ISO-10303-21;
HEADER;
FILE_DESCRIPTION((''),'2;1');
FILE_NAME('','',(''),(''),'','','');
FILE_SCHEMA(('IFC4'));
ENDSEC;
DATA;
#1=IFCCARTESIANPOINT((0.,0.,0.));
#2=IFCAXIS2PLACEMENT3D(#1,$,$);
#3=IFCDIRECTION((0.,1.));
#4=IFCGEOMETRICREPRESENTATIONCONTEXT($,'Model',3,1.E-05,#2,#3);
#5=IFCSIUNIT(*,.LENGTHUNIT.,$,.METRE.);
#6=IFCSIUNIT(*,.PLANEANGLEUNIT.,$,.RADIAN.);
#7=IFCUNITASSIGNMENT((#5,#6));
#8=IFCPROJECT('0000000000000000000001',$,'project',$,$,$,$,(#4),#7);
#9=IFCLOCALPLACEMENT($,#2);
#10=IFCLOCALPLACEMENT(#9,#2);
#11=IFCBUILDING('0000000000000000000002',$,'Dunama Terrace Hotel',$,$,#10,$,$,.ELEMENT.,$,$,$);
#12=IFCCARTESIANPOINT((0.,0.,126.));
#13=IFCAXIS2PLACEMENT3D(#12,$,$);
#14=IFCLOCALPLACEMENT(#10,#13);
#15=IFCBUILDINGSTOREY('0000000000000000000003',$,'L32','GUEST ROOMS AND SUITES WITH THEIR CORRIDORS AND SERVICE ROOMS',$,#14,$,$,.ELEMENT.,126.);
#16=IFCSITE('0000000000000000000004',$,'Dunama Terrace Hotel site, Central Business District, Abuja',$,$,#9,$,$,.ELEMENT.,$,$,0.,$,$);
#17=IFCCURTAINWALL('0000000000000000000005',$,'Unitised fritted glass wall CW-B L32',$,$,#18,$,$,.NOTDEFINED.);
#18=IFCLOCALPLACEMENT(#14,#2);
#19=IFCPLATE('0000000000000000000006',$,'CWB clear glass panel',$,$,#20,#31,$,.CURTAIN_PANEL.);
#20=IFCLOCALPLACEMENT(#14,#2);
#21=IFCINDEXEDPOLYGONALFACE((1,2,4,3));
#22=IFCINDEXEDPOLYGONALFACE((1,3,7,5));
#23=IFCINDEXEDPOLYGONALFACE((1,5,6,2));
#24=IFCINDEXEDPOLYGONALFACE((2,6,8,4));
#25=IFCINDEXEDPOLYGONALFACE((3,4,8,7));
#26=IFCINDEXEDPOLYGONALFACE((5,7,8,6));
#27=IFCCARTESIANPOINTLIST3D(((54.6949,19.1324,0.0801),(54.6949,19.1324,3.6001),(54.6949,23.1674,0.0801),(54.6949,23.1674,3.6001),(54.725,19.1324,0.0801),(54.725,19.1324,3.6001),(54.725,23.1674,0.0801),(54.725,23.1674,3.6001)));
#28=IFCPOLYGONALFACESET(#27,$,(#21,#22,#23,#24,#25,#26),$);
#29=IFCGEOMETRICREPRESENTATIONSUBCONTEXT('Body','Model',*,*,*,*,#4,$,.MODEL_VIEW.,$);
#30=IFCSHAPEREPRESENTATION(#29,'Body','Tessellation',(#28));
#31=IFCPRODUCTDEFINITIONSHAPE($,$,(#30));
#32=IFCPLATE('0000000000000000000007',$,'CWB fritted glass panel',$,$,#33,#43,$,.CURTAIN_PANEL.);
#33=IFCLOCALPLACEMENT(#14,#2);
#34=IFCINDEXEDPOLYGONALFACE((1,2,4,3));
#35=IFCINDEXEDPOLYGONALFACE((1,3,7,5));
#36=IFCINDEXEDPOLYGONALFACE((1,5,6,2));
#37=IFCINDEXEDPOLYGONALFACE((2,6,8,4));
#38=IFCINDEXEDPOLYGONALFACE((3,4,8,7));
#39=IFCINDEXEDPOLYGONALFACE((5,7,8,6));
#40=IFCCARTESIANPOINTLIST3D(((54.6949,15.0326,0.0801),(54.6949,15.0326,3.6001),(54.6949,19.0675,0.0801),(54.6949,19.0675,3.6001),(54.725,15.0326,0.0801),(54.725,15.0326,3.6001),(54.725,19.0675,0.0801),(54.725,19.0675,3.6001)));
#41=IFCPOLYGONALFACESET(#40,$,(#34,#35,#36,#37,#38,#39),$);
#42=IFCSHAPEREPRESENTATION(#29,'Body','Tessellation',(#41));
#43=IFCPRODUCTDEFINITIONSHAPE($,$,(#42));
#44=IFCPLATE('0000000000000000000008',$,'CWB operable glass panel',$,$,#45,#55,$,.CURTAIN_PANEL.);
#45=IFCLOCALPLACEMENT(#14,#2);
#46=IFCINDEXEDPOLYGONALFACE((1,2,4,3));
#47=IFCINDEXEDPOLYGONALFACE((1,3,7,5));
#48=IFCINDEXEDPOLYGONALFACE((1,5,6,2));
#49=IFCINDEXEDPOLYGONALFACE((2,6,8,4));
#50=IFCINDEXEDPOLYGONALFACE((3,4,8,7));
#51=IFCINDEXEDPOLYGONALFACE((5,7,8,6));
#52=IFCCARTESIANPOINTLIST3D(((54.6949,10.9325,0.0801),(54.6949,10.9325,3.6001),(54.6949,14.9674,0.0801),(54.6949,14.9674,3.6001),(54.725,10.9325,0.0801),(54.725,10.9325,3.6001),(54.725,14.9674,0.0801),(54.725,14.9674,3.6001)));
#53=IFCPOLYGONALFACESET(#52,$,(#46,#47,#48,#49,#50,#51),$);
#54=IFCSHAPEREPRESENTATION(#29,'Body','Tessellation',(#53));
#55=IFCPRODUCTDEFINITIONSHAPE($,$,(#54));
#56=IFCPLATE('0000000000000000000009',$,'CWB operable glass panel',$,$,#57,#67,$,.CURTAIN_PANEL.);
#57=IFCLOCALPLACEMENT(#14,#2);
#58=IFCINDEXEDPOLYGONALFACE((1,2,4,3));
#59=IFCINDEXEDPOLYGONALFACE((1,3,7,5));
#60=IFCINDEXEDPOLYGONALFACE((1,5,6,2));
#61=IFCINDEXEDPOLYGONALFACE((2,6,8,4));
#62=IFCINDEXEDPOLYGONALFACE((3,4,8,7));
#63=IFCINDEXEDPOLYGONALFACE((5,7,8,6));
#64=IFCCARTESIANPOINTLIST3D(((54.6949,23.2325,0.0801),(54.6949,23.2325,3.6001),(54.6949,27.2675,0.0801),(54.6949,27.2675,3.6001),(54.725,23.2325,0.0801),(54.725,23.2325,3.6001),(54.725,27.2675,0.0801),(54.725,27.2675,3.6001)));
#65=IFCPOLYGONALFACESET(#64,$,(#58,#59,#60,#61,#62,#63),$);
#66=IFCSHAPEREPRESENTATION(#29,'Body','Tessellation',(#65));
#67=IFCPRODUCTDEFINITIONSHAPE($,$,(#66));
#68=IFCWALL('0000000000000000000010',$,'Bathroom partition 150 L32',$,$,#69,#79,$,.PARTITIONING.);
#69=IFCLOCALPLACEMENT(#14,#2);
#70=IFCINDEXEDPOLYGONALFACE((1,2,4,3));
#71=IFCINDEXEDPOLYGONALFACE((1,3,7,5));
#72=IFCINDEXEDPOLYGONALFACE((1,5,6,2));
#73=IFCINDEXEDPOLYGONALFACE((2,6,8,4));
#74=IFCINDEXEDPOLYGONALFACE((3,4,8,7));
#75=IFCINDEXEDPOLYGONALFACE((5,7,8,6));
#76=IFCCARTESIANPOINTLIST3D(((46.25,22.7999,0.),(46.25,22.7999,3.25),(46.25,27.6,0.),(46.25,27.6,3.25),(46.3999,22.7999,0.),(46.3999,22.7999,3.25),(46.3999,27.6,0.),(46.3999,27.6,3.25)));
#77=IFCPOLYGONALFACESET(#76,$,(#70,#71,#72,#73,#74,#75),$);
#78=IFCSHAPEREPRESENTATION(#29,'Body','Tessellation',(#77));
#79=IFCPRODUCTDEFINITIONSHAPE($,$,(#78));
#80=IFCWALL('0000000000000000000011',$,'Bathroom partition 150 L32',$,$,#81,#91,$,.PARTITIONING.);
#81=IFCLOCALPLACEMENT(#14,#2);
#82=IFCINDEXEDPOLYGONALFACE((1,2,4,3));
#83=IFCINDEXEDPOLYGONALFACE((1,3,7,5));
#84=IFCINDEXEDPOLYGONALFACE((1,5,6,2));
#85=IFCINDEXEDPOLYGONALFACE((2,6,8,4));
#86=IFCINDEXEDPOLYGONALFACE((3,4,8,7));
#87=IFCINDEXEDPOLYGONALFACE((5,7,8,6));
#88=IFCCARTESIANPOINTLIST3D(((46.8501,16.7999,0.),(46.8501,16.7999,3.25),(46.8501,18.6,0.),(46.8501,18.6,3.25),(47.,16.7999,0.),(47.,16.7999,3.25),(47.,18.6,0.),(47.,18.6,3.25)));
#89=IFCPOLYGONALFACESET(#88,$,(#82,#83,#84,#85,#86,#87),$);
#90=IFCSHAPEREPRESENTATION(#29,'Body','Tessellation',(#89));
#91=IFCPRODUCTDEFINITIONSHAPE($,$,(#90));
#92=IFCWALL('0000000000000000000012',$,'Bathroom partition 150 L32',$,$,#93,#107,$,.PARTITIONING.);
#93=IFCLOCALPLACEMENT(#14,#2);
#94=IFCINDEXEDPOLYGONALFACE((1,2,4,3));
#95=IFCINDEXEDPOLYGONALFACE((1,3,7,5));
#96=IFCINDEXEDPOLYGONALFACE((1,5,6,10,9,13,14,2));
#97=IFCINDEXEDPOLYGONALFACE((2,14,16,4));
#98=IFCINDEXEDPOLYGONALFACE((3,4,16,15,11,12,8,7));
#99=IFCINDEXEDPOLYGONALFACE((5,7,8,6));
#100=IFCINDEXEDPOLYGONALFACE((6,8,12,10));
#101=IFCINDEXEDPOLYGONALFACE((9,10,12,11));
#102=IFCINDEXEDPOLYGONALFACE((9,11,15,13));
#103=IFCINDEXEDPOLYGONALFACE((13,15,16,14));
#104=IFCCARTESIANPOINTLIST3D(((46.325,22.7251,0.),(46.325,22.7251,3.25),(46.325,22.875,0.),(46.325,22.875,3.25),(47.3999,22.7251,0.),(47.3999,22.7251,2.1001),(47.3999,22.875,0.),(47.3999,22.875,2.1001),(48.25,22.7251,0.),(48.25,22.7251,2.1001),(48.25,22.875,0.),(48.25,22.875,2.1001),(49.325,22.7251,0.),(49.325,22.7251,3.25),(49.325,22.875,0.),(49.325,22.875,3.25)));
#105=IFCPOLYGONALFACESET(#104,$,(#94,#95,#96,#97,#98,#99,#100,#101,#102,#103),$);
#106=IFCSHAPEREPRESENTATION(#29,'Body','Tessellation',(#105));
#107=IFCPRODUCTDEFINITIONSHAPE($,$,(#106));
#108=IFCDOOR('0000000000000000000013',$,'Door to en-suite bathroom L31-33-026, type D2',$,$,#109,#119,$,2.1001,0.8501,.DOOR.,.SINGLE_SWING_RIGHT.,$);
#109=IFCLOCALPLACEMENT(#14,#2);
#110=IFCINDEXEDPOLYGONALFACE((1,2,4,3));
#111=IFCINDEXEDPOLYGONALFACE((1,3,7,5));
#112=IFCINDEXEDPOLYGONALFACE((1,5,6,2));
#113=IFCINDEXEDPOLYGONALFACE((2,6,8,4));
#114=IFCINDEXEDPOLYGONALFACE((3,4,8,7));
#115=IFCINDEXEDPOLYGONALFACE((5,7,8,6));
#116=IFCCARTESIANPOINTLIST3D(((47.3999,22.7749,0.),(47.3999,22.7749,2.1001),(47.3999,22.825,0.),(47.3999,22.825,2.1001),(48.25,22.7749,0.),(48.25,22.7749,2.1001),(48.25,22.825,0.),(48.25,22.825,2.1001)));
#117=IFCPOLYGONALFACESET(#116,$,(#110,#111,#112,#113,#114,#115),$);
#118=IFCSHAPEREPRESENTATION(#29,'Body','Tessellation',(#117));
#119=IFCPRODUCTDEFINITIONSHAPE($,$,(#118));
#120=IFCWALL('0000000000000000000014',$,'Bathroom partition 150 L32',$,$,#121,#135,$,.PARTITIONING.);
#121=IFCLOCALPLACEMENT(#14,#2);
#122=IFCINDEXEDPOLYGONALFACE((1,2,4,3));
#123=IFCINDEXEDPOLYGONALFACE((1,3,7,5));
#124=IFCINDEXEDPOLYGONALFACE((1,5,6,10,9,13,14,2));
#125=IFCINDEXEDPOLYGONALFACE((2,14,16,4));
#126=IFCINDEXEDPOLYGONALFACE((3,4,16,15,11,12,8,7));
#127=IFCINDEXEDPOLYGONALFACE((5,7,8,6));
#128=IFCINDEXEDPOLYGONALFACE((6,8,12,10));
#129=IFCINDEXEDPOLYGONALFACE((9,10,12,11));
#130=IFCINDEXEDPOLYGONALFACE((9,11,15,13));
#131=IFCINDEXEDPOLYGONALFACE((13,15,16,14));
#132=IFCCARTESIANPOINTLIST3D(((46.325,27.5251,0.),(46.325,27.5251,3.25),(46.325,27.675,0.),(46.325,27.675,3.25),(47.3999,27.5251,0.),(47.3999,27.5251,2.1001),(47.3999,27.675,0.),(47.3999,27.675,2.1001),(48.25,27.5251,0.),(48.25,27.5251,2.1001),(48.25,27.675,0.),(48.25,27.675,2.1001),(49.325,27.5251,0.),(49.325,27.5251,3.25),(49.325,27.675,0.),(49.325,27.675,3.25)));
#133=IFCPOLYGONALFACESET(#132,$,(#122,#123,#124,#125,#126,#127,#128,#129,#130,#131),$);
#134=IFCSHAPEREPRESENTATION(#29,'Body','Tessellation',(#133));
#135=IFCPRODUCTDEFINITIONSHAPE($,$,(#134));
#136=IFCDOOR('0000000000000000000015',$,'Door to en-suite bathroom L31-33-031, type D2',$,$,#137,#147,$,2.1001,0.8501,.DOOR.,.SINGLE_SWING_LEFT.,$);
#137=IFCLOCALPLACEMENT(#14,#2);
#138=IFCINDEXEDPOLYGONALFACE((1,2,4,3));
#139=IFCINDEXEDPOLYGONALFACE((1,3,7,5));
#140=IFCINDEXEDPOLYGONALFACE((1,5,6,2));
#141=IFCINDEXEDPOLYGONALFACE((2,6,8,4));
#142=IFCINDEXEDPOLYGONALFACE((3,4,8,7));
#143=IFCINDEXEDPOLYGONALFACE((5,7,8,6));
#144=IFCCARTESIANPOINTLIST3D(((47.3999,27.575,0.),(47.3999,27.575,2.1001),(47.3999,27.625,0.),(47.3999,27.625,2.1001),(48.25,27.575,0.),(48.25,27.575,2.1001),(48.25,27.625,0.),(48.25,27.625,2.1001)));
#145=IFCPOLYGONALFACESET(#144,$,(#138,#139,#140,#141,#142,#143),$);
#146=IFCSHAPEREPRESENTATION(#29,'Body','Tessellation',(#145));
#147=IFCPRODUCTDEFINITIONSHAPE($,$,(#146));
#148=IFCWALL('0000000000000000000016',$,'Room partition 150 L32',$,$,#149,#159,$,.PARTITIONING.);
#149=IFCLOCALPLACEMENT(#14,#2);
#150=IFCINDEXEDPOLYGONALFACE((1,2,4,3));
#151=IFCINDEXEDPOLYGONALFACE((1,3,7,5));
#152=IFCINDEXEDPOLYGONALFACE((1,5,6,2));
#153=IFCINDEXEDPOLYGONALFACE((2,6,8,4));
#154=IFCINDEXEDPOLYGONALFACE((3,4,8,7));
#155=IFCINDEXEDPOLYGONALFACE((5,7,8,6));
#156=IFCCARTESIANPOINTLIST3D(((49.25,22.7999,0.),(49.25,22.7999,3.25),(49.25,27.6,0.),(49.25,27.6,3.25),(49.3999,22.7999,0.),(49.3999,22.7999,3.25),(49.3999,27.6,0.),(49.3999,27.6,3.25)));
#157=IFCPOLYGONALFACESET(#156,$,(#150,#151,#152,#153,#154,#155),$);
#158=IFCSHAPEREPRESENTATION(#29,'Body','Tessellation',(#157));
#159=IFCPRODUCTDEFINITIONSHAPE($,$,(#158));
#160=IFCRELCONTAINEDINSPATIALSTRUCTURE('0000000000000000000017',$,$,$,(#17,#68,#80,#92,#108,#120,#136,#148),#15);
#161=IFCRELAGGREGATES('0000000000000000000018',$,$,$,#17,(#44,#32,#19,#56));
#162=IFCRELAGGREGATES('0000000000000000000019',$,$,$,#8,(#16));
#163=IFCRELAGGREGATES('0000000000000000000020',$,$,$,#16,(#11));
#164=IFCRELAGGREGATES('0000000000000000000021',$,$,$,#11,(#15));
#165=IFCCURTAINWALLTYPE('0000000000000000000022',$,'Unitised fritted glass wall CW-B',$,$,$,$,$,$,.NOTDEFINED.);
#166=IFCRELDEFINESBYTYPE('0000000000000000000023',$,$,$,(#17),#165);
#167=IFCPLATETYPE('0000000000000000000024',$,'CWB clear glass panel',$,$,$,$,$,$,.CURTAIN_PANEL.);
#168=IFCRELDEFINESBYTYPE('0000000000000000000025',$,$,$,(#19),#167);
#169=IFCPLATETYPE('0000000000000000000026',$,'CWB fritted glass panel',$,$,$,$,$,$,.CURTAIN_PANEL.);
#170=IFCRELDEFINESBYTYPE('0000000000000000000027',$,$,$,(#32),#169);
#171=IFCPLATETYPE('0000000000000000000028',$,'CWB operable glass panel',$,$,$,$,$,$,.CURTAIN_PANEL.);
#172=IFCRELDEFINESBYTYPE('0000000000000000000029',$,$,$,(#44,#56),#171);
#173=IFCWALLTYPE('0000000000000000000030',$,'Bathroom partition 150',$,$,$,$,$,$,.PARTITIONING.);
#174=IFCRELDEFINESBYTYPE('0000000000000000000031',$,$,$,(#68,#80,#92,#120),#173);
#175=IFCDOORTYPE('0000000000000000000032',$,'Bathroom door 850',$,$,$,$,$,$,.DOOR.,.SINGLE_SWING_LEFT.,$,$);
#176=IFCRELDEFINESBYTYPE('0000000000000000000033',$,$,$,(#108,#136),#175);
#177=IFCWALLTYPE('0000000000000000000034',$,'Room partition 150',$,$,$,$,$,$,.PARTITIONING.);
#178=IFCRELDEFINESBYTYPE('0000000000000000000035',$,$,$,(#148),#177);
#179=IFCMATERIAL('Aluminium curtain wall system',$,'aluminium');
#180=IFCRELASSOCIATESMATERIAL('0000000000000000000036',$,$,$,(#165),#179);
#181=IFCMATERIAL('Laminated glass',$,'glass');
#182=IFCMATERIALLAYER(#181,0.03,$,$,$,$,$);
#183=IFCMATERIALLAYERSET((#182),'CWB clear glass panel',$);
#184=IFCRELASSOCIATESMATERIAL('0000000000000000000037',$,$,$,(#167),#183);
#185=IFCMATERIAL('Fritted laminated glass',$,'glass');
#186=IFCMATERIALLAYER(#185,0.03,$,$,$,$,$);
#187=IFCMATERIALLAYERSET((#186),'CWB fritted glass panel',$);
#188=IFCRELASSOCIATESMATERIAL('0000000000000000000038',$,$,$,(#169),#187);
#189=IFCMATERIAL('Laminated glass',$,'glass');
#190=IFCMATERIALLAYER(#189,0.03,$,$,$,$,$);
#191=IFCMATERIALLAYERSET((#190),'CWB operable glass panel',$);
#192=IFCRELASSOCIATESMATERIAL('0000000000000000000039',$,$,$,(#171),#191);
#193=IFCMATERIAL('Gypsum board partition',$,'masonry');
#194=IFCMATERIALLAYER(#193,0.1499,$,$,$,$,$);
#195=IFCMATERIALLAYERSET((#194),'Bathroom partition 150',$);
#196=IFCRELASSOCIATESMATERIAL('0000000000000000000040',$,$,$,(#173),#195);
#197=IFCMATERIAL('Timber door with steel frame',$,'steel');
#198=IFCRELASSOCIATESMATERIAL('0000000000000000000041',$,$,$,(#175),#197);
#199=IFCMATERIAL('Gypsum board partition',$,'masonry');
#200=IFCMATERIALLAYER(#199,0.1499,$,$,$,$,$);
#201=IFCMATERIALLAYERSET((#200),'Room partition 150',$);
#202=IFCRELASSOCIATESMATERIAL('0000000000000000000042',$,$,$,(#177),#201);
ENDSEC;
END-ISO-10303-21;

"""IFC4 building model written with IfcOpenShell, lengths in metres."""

from ifc_helpers import new_model, si_unit, direction, frame, frame_2d, origin, origin_2d, place, context, subcontext, project, spatial, rectangle, extrude, material, layer, layer_set, type_object, element, fill, aggregate, save


model = new_model("IFC4")

# Units and contexts
model_context = context("Model", 3, precision=1e-05, world=origin(), true_north=direction((0.0, 1.0)))
body_context = subcontext(model_context, "Body", "Model", "MODEL_VIEW")
ifc_project = project(units=[si_unit("LENGTHUNIT", "METRE"), si_unit("PLANEANGLEUNIT", "RADIAN")], contexts=[model_context])

# Site, building, storey
site_placement = place(None, origin())
site = spatial("IfcSite", under=ifc_project, at=site_placement, Name="Dunama Terrace Hotel site, Central Business District, Abuja", CompositionType="ELEMENT", RefElevation=0.0)
building_placement = place(site_placement, origin())
building = spatial("IfcBuilding", under=site, at=building_placement, Name="Dunama Terrace Hotel", CompositionType="ELEMENT")
storey_placement = place(building_placement, frame((0.0, 0.0, 126.0)))
storey = spatial("IfcBuildingStorey", under=building, at=storey_placement, Name="L32", Description="GUEST ROOMS AND SUITES WITH THEIR CORRIDORS AND SERVICE ROOMS", CompositionType="ELEMENT", Elevation=126.0)

# Curtain wall
ifc_material_1 = material(Name="Aluminium curtain wall system", Category="aluminium")
curtain_wall_type = type_object("IfcCurtainWallType", Name="Unitised fritted glass wall CW-B", PredefinedType="NOTDEFINED", material=ifc_material_1)
curtain_wall_placement = place(storey_placement, origin())
curtain_wall = element("IfcCurtainWall", 1, at=curtain_wall_placement, inside=storey, type_object=curtain_wall_type, Name="Unitised fritted glass wall CW-B L32", PredefinedType="NOTDEFINED")

# Plates
ifc_material_2 = material(Name="Laminated glass", Category="glass")
ifc_layer_1 = layer(ifc_material_2, 0.03)
ifc_layer_set_1 = layer_set([ifc_layer_1], Name="CWB clear glass panel")
plate_type_1 = type_object("IfcPlateType", Name="CWB clear glass panel", PredefinedType="CURTAIN_PANEL", material=ifc_layer_set_1)
plate_1_placement = place(storey_placement, frame((54.71, 21.1499, 0.0801), z_axis=(0.0, 0.0, 1.0), x_axis=(0.0, 1.0, 0.0)))
plate_1 = element("IfcPlate", 2, at=plate_1_placement, type_object=plate_type_1, Name="CWB clear glass panel", PredefinedType="CURTAIN_PANEL", context=body_context, shape_type="SweptSolid", body=[
    extrude(rectangle(XDim=4.0349, YDim=0.03, at=origin_2d()), origin(), (0.0, 0.0, 1.0), 3.52),
])
ifc_material_3 = material(Name="Fritted laminated glass", Category="glass")
ifc_layer_2 = layer(ifc_material_3, 0.03)
ifc_layer_set_2 = layer_set([ifc_layer_2], Name="CWB fritted glass panel")
plate_type_2 = type_object("IfcPlateType", Name="CWB fritted glass panel", PredefinedType="CURTAIN_PANEL", material=ifc_layer_set_2)
plate_2_placement = place(storey_placement, frame((54.71, 17.05, 0.0801), z_axis=(0.0, 0.0, 1.0), x_axis=(0.0, 1.0, 0.0)))
plate_2 = element("IfcPlate", 3, at=plate_2_placement, type_object=plate_type_2, Name="CWB fritted glass panel", PredefinedType="CURTAIN_PANEL", context=body_context, shape_type="SweptSolid", body=[
    extrude(rectangle(XDim=4.0349, YDim=0.03, at=origin_2d()), origin(), (0.0, 0.0, 1.0), 3.52),
])
ifc_material_4 = material(Name="Laminated glass", Category="glass")
ifc_layer_3 = layer(ifc_material_4, 0.03)
ifc_layer_set_3 = layer_set([ifc_layer_3], Name="CWB operable glass panel")
plate_type_3 = type_object("IfcPlateType", Name="CWB operable glass panel", PredefinedType="CURTAIN_PANEL", material=ifc_layer_set_3)
plate_3_placement = place(storey_placement, frame((54.71, 12.95, 0.0801), z_axis=(0.0, 0.0, 1.0), x_axis=(0.0, 1.0, 0.0)))
plate_3 = element("IfcPlate", 4, at=plate_3_placement, type_object=plate_type_3, Name="CWB operable glass panel", PredefinedType="CURTAIN_PANEL", context=body_context, shape_type="SweptSolid", body=[
    extrude(rectangle(XDim=4.0349, YDim=0.03, at=origin_2d()), origin(), (0.0, 0.0, 1.0), 3.52),
])
plate_4_placement = place(storey_placement, frame((54.71, 25.25, 0.0801), z_axis=(0.0, 0.0, 1.0), x_axis=(0.0, 1.0, 0.0)))
plate_4 = element("IfcPlate", 5, at=plate_4_placement, type_object=plate_type_3, Name="CWB operable glass panel", PredefinedType="CURTAIN_PANEL", context=body_context, shape_type="SweptSolid", body=[
    extrude(rectangle(XDim=4.0349, YDim=0.03, at=origin_2d()), origin(), (0.0, 0.0, 1.0), 3.52),
])
aggregate(curtain_wall, [plate_3, plate_2, plate_1, plate_4])

# Walls
ifc_material_5 = material(Name="Gypsum board partition", Category="masonry")
ifc_layer_4 = layer(ifc_material_5, 0.1499)
ifc_layer_set_4 = layer_set([ifc_layer_4], Name="Bathroom partition 150")
wall_type_1 = type_object("IfcWallType", Name="Bathroom partition 150", PredefinedType="PARTITIONING", material=ifc_layer_set_4)
wall_1_placement = place(storey_placement, frame((46.325, 22.8, 0.0), z_axis=(0.0, 0.0, 1.0), x_axis=(0.0, 1.0, 0.0)))
element("IfcWall", 6, at=wall_1_placement, inside=storey, type_object=wall_type_1, Name="Bathroom partition 150 L32", PredefinedType="PARTITIONING", context=body_context, shape_type="SweptSolid", body=[
    extrude(rectangle(XDim=4.8, YDim=0.1499, at=frame_2d((2.3999, 0.0))), origin(), (0.0, 0.0, 1.0), 3.25),
])
wall_2_placement = place(storey_placement, frame((46.925, 16.8, 0.0), z_axis=(0.0, 0.0, 1.0), x_axis=(0.0, 1.0, 0.0)))
element("IfcWall", 7, at=wall_2_placement, inside=storey, type_object=wall_type_1, Name="Bathroom partition 150 L32", PredefinedType="PARTITIONING", context=body_context, shape_type="SweptSolid", body=[
    extrude(rectangle(XDim=1.8, YDim=0.1499, at=frame_2d((0.8999, 0.0))), origin(), (0.0, 0.0, 1.0), 3.25),
])

# Walls, openings, doors
wall_3_placement = place(storey_placement, frame((46.325, 22.8, 0.0), z_axis=(0.0, 0.0, 1.0), x_axis=(1.0, 0.0, 0.0)))
wall_3 = element("IfcWall", 8, at=wall_3_placement, inside=storey, type_object=wall_type_1, Name="Bathroom partition 150 L32", PredefinedType="PARTITIONING", context=body_context, shape_type="SweptSolid", body=[
    extrude(rectangle(XDim=3.0, YDim=0.1499, at=frame_2d((1.5, 0.0))), origin(), (0.0, 0.0, 1.0), 3.25),
])
opening_1_placement = place(wall_3_placement, frame((1.075, 0.0, 0.0)))
opening_1 = element("IfcOpeningElement", 9, at=opening_1_placement, cuts=wall_3, PredefinedType="OPENING", context=body_context, shape_type="SweptSolid", body=[
    extrude(rectangle(XDim=0.8501, YDim=2.1001, at=frame_2d((0.425, 1.05))), frame((0.0, 0.085, 0.0), z_axis=(0.0, -1.0, 0.0), x_axis=(1.0, 0.0, 0.0)), (0.0, 0.0, 1.0), 0.1699),
])
ifc_material_6 = material(Name="Timber door with steel frame", Category="steel")
door_type_1 = type_object("IfcDoorType", Name="Bathroom door 850", OperationType="SINGLE_SWING_LEFT", PredefinedType="DOOR", material=ifc_material_6)
door_1_placement = place(opening_1_placement, origin())
door_1 = element("IfcDoor", 10, at=door_1_placement, inside=storey, type_object=door_type_1, Name="Door to en-suite bathroom L31-33-026, type D2", OperationType="SINGLE_SWING_RIGHT", OverallHeight=2.1001, OverallWidth=0.8501, PredefinedType="DOOR", context=body_context, shape_type="SweptSolid", body=[
    extrude(rectangle(XDim=0.8501, YDim=2.1001, at=frame_2d((0.425, 1.05))), frame((0.0, 0.0249, 0.0), z_axis=(0.0, -1.0, 0.0), x_axis=(1.0, 0.0, 0.0)), (0.0, 0.0, 1.0), 0.05),
])
fill(opening_1, door_1)
wall_4_placement = place(storey_placement, frame((46.325, 27.6001, 0.0), z_axis=(0.0, 0.0, 1.0), x_axis=(1.0, 0.0, 0.0)))
wall_4 = element("IfcWall", 11, at=wall_4_placement, inside=storey, type_object=wall_type_1, Name="Bathroom partition 150 L32", PredefinedType="PARTITIONING", context=body_context, shape_type="SweptSolid", body=[
    extrude(rectangle(XDim=3.0, YDim=0.1499, at=frame_2d((1.5, 0.0))), origin(), (0.0, 0.0, 1.0), 3.25),
])
opening_2_placement = place(wall_4_placement, frame((1.075, 0.0, 0.0)))
opening_2 = element("IfcOpeningElement", 12, at=opening_2_placement, cuts=wall_4, PredefinedType="OPENING", context=body_context, shape_type="SweptSolid", body=[
    extrude(rectangle(XDim=0.8501, YDim=2.1001, at=frame_2d((0.425, 1.05))), frame((0.0, 0.085, 0.0), z_axis=(0.0, -1.0, 0.0), x_axis=(1.0, 0.0, 0.0)), (0.0, 0.0, 1.0), 0.1699),
])
door_2_placement = place(opening_2_placement, frame((0.8501, 0.0, 0.0), z_axis=(0.0, 0.0, 1.0), x_axis=(-1.0, 0.0, 0.0)))
door_2 = element("IfcDoor", 13, at=door_2_placement, inside=storey, type_object=door_type_1, Name="Door to en-suite bathroom L31-33-031, type D2", OperationType="SINGLE_SWING_LEFT", OverallHeight=2.1001, OverallWidth=0.8501, PredefinedType="DOOR", context=body_context, shape_type="SweptSolid", body=[
    extrude(rectangle(XDim=0.8501, YDim=2.1001, at=frame_2d((0.425, 1.05))), frame((0.0, 0.0251, 0.0), z_axis=(0.0, -1.0, 0.0), x_axis=(1.0, 0.0, 0.0)), (0.0, 0.0, 1.0), 0.05),
])
fill(opening_2, door_2)

# Wall
ifc_material_7 = material(Name="Gypsum board partition", Category="masonry")
ifc_layer_5 = layer(ifc_material_7, 0.1499)
ifc_layer_set_5 = layer_set([ifc_layer_5], Name="Room partition 150")
wall_type_2 = type_object("IfcWallType", Name="Room partition 150", PredefinedType="PARTITIONING", material=ifc_layer_set_5)
wall_5_placement = place(storey_placement, frame((49.325, 22.8, 0.0), z_axis=(0.0, 0.0, 1.0), x_axis=(0.0, 1.0, 0.0)))
element("IfcWall", 14, at=wall_5_placement, inside=storey, type_object=wall_type_2, Name="Room partition 150 L32", PredefinedType="PARTITIONING", context=body_context, shape_type="SweptSolid", body=[
    extrude(rectangle(XDim=4.8, YDim=0.1499, at=frame_2d((2.3999, 0.0))), origin(), (0.0, 0.0, 1.0), 3.25),
])

save(model, "model.ifc")
